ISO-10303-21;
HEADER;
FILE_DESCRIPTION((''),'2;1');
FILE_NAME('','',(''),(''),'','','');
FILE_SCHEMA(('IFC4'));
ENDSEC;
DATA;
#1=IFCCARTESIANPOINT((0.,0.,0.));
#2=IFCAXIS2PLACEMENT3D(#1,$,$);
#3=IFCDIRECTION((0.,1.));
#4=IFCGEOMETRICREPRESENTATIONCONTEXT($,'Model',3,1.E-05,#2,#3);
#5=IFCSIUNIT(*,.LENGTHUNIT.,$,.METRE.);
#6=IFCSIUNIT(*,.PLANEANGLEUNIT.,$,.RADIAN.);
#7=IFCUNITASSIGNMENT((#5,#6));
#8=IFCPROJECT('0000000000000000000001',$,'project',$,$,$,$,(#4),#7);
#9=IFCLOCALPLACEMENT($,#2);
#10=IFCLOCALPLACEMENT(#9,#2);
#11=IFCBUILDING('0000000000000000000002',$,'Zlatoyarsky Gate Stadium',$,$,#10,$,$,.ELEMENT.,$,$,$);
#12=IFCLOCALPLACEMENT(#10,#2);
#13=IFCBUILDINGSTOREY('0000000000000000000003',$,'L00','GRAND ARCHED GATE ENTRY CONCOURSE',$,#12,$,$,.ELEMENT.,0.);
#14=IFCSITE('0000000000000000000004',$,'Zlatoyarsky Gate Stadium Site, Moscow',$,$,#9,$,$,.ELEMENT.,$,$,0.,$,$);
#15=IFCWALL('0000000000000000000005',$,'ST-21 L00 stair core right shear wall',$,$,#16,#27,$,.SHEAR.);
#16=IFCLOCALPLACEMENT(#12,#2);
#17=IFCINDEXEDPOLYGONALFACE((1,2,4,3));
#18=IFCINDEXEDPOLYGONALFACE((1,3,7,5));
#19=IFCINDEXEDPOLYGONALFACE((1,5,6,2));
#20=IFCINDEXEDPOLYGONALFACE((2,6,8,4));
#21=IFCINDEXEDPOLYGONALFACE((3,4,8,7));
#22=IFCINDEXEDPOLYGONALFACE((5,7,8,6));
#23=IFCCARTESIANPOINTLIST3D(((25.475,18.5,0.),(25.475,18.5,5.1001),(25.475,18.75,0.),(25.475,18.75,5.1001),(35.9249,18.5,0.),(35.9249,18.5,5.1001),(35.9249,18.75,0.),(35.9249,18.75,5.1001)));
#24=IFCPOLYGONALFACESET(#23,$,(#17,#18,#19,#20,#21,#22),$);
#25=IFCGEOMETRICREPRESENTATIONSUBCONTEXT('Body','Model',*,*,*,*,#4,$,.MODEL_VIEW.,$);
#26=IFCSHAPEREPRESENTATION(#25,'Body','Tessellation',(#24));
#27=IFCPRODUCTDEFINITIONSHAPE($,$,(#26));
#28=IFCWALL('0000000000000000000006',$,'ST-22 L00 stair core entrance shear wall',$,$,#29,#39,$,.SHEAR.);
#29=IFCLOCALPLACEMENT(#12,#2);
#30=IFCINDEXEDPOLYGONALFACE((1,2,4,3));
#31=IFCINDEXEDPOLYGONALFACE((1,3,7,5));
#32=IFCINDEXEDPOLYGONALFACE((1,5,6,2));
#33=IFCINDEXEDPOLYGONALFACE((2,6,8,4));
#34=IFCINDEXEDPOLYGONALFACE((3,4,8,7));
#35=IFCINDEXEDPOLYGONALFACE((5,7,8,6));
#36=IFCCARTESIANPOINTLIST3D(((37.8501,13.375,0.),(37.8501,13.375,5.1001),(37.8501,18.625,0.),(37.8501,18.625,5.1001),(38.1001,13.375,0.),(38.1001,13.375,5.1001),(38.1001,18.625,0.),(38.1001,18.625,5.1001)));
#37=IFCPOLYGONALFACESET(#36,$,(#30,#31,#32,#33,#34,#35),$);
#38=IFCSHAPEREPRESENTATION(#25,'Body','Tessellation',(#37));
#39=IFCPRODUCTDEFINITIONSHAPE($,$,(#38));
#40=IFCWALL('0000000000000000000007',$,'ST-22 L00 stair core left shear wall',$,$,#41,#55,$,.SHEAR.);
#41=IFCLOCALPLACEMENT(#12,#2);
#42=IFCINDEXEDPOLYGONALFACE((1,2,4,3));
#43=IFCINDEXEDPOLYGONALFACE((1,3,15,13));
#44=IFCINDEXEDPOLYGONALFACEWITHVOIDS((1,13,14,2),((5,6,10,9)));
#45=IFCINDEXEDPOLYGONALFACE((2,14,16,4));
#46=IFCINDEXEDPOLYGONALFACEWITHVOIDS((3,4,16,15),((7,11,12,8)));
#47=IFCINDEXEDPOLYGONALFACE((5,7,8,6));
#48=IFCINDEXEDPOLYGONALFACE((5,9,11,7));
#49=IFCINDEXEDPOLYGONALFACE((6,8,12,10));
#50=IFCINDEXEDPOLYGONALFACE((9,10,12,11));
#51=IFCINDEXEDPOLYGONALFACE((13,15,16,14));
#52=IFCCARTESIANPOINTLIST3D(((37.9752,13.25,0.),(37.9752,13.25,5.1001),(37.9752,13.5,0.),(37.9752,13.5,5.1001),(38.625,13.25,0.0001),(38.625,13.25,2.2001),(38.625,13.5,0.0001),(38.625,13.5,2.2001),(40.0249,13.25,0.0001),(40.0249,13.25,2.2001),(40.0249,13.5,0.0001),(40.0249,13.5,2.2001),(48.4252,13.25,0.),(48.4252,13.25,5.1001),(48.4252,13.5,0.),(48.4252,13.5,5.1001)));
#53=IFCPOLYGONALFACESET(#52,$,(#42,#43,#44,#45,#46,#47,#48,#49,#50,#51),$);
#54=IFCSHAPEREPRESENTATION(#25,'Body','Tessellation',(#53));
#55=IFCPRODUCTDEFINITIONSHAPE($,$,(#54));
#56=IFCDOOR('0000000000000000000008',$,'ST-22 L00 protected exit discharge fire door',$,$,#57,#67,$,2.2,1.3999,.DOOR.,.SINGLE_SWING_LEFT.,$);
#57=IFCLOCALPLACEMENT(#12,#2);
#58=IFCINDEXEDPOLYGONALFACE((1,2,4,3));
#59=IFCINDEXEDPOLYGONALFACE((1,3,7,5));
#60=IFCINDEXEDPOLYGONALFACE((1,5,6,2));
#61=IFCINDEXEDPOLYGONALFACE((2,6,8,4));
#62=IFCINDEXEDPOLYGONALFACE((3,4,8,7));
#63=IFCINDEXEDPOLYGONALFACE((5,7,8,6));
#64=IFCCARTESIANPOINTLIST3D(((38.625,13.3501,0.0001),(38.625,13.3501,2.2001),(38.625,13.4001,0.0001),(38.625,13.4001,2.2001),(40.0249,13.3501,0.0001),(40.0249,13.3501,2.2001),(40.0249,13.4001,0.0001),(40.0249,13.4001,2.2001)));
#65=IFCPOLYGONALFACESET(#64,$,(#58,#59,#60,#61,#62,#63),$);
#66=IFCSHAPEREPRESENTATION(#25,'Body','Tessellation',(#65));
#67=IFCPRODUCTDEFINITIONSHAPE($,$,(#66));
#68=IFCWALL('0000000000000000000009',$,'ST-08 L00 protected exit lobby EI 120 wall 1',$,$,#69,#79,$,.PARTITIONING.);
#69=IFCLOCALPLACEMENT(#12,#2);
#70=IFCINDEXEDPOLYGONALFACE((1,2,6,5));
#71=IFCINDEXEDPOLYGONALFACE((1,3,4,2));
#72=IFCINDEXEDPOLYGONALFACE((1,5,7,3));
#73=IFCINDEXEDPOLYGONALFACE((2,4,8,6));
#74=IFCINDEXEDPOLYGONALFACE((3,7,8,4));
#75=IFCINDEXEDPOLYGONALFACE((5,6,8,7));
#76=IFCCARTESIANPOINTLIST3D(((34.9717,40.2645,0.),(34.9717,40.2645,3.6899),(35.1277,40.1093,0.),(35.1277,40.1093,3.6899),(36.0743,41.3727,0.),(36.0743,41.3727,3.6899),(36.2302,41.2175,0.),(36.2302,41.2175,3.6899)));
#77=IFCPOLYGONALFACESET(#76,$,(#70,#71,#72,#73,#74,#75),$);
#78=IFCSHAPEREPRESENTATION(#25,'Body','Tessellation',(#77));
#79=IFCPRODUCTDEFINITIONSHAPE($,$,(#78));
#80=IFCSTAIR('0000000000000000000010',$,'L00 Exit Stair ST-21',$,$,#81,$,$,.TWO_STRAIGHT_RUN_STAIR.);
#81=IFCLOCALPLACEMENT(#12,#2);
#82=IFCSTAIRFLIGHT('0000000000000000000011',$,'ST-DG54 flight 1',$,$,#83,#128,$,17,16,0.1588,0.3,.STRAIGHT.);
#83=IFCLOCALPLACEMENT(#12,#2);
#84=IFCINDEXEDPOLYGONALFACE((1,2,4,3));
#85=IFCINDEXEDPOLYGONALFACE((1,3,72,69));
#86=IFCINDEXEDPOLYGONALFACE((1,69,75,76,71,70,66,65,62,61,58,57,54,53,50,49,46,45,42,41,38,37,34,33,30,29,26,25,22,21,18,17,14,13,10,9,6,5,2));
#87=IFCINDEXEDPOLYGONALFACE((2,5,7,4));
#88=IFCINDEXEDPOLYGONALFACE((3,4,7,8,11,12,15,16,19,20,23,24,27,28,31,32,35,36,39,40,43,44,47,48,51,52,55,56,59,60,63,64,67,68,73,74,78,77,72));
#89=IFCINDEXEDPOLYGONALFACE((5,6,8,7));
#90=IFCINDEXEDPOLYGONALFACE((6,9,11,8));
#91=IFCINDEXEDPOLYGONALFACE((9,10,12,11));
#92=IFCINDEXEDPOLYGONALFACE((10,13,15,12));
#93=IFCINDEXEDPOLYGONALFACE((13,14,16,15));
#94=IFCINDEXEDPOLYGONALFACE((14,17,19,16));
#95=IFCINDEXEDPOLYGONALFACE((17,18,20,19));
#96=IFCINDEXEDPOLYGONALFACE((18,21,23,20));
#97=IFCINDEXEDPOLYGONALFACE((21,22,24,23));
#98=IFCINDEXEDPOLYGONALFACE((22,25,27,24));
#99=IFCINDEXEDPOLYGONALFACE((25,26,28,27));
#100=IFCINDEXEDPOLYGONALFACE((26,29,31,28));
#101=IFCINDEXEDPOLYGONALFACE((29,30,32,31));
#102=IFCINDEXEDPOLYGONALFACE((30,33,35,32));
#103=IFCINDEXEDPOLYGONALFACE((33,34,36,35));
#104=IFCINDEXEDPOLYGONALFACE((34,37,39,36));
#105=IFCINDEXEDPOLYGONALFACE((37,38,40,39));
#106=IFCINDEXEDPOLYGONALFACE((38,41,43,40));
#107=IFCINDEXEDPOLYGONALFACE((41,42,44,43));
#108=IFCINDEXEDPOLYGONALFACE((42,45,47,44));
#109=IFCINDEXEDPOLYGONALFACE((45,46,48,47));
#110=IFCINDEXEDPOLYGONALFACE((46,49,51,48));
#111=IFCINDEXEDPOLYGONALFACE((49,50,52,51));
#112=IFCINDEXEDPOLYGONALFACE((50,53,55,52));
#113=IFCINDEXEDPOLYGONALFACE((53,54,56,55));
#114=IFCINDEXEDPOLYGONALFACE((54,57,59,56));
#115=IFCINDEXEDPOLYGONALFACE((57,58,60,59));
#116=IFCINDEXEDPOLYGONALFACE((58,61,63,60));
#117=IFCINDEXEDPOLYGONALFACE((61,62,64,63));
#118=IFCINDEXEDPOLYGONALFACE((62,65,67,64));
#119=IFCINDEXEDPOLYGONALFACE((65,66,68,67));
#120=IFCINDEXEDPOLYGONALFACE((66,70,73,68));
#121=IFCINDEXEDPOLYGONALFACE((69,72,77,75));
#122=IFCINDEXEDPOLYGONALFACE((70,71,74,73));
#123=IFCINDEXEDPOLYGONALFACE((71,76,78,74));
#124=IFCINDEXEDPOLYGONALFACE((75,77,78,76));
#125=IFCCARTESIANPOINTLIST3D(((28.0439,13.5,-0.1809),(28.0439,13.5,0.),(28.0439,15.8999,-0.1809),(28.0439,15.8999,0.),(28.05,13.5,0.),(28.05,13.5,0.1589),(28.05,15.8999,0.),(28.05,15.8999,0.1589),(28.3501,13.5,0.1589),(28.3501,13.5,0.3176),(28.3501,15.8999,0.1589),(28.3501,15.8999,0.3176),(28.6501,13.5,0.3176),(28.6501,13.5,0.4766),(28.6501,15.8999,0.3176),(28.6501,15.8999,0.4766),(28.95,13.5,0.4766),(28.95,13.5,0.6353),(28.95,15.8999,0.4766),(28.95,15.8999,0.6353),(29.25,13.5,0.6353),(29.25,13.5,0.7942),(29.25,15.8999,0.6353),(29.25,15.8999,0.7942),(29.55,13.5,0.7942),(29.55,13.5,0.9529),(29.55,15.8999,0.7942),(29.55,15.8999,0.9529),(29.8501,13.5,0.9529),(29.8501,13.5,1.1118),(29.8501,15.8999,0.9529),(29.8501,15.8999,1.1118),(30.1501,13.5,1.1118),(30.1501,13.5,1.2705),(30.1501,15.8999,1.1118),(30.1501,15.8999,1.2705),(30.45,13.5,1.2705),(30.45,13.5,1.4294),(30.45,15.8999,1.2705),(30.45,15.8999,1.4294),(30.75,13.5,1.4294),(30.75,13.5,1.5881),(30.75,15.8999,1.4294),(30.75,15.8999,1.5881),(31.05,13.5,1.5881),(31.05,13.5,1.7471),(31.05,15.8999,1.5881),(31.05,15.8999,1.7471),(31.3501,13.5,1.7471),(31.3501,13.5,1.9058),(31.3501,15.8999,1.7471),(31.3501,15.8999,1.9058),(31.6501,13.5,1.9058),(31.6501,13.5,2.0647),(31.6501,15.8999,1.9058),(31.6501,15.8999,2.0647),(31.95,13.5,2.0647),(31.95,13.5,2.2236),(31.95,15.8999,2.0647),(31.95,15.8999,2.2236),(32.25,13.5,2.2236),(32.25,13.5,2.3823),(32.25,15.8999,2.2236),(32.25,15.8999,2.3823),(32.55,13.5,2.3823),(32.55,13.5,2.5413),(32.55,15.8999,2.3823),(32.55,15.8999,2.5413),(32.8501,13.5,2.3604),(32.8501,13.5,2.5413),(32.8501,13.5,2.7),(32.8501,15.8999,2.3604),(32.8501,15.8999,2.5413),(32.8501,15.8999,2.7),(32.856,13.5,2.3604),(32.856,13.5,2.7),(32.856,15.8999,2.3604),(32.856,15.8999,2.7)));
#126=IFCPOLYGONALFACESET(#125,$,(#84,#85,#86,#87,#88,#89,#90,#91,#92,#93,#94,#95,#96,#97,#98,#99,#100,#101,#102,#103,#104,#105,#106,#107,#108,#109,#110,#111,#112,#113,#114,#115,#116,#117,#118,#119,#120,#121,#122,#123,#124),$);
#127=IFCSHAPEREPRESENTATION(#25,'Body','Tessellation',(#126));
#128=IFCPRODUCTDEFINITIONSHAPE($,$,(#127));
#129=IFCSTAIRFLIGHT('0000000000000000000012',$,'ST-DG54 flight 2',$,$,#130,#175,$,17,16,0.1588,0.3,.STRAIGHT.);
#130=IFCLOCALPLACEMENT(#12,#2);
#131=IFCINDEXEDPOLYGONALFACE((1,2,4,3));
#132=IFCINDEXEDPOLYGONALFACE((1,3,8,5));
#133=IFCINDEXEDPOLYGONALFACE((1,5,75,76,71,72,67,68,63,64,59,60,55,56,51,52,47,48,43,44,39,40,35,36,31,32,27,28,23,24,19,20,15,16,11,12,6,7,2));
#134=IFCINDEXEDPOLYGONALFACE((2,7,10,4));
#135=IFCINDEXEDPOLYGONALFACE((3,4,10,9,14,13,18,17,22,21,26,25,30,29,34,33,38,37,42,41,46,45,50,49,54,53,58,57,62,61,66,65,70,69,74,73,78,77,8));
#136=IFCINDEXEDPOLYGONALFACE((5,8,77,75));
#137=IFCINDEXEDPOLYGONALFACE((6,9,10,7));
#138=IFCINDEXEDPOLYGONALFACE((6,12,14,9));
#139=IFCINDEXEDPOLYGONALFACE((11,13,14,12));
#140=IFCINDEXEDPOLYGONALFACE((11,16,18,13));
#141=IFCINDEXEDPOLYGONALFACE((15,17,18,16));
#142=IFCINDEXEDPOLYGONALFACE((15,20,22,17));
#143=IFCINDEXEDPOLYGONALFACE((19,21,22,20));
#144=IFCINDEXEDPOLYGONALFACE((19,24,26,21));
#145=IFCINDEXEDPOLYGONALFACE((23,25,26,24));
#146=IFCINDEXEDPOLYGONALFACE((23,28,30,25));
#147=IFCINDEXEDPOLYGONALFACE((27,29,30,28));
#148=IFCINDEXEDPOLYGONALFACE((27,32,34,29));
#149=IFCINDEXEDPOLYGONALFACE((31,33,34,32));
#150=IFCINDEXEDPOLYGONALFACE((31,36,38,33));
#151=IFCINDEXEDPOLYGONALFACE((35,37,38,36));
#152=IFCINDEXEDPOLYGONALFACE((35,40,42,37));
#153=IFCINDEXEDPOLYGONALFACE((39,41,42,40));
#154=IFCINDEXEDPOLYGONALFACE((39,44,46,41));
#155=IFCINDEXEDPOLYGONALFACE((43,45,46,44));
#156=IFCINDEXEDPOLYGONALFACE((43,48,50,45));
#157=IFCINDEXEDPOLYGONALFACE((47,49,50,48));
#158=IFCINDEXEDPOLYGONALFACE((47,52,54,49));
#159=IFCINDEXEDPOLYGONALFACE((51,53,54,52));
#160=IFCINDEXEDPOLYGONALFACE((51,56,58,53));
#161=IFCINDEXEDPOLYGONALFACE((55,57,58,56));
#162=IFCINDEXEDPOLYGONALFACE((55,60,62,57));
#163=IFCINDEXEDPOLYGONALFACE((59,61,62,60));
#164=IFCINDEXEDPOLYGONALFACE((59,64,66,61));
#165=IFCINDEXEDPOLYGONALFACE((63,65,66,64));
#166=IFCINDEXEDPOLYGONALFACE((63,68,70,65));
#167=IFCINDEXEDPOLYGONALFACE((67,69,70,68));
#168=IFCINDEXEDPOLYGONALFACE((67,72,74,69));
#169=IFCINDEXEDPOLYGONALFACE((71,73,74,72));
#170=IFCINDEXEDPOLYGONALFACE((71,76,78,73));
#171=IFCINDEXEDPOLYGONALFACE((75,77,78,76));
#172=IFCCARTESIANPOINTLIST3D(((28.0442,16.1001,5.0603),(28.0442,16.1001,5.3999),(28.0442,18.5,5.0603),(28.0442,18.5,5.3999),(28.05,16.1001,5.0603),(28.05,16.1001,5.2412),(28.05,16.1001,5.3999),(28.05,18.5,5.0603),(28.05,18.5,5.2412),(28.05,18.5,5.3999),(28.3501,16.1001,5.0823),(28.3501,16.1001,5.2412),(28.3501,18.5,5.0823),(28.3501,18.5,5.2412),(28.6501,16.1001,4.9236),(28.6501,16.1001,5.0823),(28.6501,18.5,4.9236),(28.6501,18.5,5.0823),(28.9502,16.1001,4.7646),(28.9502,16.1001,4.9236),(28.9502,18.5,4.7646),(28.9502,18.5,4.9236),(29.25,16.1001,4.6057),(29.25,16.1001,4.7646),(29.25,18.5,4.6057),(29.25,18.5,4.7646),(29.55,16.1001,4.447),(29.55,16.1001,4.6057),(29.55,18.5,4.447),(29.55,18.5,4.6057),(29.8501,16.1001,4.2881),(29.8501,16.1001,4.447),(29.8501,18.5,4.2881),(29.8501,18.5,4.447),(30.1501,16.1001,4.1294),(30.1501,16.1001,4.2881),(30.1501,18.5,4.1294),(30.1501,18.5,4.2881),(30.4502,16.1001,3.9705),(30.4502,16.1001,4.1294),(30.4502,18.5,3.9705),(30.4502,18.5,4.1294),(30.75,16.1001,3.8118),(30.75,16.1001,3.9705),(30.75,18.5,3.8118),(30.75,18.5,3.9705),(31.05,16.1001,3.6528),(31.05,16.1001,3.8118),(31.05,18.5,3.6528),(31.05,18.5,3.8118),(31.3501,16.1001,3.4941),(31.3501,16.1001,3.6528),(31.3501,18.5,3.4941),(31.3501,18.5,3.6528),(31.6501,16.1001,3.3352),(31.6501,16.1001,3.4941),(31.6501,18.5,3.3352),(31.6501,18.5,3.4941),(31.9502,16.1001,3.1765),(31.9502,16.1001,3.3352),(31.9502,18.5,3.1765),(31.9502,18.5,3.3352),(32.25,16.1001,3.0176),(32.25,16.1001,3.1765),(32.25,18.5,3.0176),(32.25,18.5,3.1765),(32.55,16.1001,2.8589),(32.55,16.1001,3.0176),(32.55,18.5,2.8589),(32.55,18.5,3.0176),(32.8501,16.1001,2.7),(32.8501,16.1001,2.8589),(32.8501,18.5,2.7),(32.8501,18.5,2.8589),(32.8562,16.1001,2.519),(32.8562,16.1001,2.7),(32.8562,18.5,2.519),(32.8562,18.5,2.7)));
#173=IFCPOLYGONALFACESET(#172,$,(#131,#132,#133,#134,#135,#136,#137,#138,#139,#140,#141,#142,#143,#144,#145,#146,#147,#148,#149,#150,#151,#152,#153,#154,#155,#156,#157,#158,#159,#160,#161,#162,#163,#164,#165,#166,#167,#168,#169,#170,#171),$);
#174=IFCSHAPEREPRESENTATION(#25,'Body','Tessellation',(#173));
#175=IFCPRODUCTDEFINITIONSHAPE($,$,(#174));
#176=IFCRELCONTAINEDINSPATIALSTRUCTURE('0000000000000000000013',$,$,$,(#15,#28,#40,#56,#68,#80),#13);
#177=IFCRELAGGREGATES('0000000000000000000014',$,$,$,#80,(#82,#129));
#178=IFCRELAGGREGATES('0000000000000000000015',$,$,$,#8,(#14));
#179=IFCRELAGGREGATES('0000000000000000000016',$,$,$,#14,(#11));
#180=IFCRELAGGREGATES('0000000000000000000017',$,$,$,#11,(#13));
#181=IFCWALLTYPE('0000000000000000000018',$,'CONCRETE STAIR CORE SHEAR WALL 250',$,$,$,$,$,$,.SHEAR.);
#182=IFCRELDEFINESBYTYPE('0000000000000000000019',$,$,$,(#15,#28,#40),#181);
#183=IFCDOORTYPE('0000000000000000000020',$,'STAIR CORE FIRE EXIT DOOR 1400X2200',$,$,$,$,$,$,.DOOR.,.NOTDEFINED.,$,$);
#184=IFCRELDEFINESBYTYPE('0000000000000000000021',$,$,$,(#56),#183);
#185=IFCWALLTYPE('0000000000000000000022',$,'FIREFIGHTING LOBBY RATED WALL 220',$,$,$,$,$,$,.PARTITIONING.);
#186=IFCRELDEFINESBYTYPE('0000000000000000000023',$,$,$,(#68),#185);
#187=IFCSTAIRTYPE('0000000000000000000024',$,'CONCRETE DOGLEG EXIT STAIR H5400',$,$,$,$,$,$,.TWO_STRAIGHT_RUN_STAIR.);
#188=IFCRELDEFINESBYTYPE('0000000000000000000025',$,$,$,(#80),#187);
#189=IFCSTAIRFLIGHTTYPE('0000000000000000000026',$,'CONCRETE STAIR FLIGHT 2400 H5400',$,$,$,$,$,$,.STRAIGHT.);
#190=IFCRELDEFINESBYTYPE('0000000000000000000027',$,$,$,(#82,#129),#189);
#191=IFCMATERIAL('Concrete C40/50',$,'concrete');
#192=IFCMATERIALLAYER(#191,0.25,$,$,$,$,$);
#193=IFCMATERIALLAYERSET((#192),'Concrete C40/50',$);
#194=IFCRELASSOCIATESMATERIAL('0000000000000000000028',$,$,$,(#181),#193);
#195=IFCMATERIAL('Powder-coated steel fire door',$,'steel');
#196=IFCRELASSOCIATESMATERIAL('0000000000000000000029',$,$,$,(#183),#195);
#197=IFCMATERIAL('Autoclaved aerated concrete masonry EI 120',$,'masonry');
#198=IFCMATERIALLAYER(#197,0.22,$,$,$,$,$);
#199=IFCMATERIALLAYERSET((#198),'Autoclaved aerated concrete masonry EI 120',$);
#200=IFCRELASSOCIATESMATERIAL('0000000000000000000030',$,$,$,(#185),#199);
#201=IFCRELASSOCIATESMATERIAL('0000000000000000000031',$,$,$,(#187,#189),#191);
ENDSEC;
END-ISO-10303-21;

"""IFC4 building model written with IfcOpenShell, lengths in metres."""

from ifc_helpers import new_model, si_unit, direction, frame, frame_2d, origin, place, context, subcontext, project, spatial, polyline, rectangle, outline, extrude, material, layer, layer_set, type_object, element, fill, aggregate, save


model = new_model("IFC4")

# Units and contexts
model_context = context("Model", 3, precision=1e-05, world=origin(), true_north=direction((0.0, 1.0)))
body_context = subcontext(model_context, "Body", "Model", "MODEL_VIEW")
ifc_project = project(units=[si_unit("LENGTHUNIT", "METRE"), si_unit("PLANEANGLEUNIT", "RADIAN")], contexts=[model_context])

# Site, building, storey
site_placement = place(None, origin())
site = spatial("IfcSite", under=ifc_project, at=site_placement, Name="Zlatoyarsky Gate Stadium Site, Moscow", CompositionType="ELEMENT", RefElevation=0.0)
building_placement = place(site_placement, origin())
building = spatial("IfcBuilding", under=site, at=building_placement, Name="Zlatoyarsky Gate Stadium", CompositionType="ELEMENT")
storey_placement = place(building_placement, origin())
storey = spatial("IfcBuildingStorey", under=building, at=storey_placement, Name="L00", Description="GRAND ARCHED GATE ENTRY CONCOURSE", CompositionType="ELEMENT", Elevation=0.0)

# Shared definitions
ifc_material_1 = material(Name="Concrete C40/50", Category="concrete")

# Shared definitions
ifc_layer_1 = layer(ifc_material_1, 0.25)
ifc_layer_set_1 = layer_set([ifc_layer_1], Name="Concrete C40/50")
wall_type_1 = type_object("IfcWallType", Name="CONCRETE STAIR CORE SHEAR WALL 250", PredefinedType="SHEAR", material=ifc_layer_set_1)
ifc_material_2 = material(Name="Powder-coated steel fire door", Category="steel")
door_type = type_object("IfcDoorType", Name="STAIR CORE FIRE EXIT DOOR 1400X2200", OperationType="NOTDEFINED", PredefinedType="DOOR", material=ifc_material_2)

# Walls
wall_1_placement = place(storey_placement, frame((35.925, 18.625, 0.0), z_axis=(0.0, 0.0, 1.0), x_axis=(-1.0, 0.0, 0.0)))
element("IfcWall", 1, at=wall_1_placement, inside=storey, type_object=wall_type_1, Name="ST-21 L00 stair core right shear wall", PredefinedType="SHEAR", context=body_context, shape_type="SweptSolid", body=[
    extrude(rectangle(XDim=10.45, YDim=0.25, at=frame_2d((5.2251, 0.0))), origin(), (0.0, 0.0, 1.0), 5.1001),
])
wall_2_placement = place(storey_placement, frame((37.9751, 18.625, 0.0), z_axis=(0.0, 0.0, 1.0), x_axis=(0.0, -1.0, 0.0)))
element("IfcWall", 2, at=wall_2_placement, inside=storey, type_object=wall_type_1, Name="ST-22 L00 stair core entrance shear wall", PredefinedType="SHEAR", context=body_context, shape_type="SweptSolid", body=[
    extrude(rectangle(XDim=5.25, YDim=0.25, at=frame_2d((2.625, 0.0))), origin(), (0.0, 0.0, 1.0), 5.1001),
])

# Wall, opening, door
wall_3_placement = place(storey_placement, frame((37.9751, 13.375, 0.0), z_axis=(0.0, 0.0, 1.0), x_axis=(1.0, 0.0, 0.0)))
wall_3 = element("IfcWall", 3, at=wall_3_placement, inside=storey, type_object=wall_type_1, Name="ST-22 L00 stair core left shear wall", PredefinedType="SHEAR", context=body_context, shape_type="SweptSolid", body=[
    extrude(rectangle(XDim=10.45, YDim=0.25, at=frame_2d((5.2251, 0.0))), origin(), (0.0, 0.0, 1.0), 5.1001),
])
opening_1_placement = place(wall_3_placement, frame((0.6499, 0.0, 0.0)))
opening_1 = element("IfcOpeningElement", 4, at=opening_1_placement, cuts=wall_3, PredefinedType="OPENING", context=body_context, shape_type="SweptSolid", body=[
    extrude(rectangle(XDim=1.3999, YDim=2.2, at=frame_2d((0.7, 1.1001))), frame((0.0, 0.135, 0.0), z_axis=(0.0, -1.0, 0.0), x_axis=(1.0, 0.0, 0.0)), (0.0, 0.0, 1.0), 0.27),
])
door_1_placement = place(opening_1_placement, frame((1.3999, 0.0, 0.0), z_axis=(0.0, 0.0, 1.0), x_axis=(-1.0, 0.0, 0.0)))
door_1 = element("IfcDoor", 5, at=door_1_placement, inside=storey, type_object=door_type, Name="ST-22 L00 protected exit discharge fire door", OperationType="SINGLE_SWING_LEFT", OverallHeight=2.2, OverallWidth=1.3999, PredefinedType="DOOR", context=body_context, shape_type="SweptSolid", body=[
    extrude(rectangle(XDim=1.3999, YDim=2.2, at=frame_2d((0.7, 1.1001))), frame((0.0, 0.0249, 0.0), z_axis=(0.0, -1.0, 0.0), x_axis=(1.0, 0.0, 0.0)), (0.0, 0.0, 1.0), 0.05),
])
fill(opening_1, door_1)

# Wall
ifc_material_3 = material(Name="Autoclaved aerated concrete masonry EI 120", Category="masonry")
ifc_layer_2 = layer(ifc_material_3, 0.22)
ifc_layer_set_2 = layer_set([ifc_layer_2], Name="Autoclaved aerated concrete masonry EI 120")
wall_type_2 = type_object("IfcWallType", Name="FIREFIGHTING LOBBY RATED WALL 220", PredefinedType="PARTITIONING", material=ifc_layer_set_2)
wall_4_placement = place(storey_placement, frame((36.1523, 41.2952, 0.0), z_axis=(0.0, 0.0, 1.0), x_axis=(-0.705308, -0.708901, 0.0)))
element("IfcWall", 6, at=wall_4_placement, inside=storey, type_object=wall_type_2, Name="ST-08 L00 protected exit lobby EI 120 wall 1", PredefinedType="PARTITIONING", context=body_context, shape_type="SweptSolid", body=[
    extrude(rectangle(XDim=1.5632, YDim=0.22, at=frame_2d((0.7817, 0.0))), origin(), (0.0, 0.0, 1.0), 3.6899),
])

# Stair, stair flights
stair_type = type_object("IfcStairType", Name="CONCRETE DOGLEG EXIT STAIR H5400", PredefinedType="TWO_STRAIGHT_RUN_STAIR", material=ifc_material_1)
stair_placement = place(storey_placement, origin())
stair = element("IfcStair", 7, at=stair_placement, inside=storey, type_object=stair_type, Name="L00 Exit Stair ST-21", PredefinedType="TWO_STRAIGHT_RUN_STAIR")
stair_flight_type = type_object("IfcStairFlightType", Name="CONCRETE STAIR FLIGHT 2400 H5400", PredefinedType="STRAIGHT", material=ifc_material_1)
stair_flight_1_placement = place(storey_placement, frame((28.05, 14.7, 0.0), z_axis=(0.0, 0.0, 1.0), x_axis=(1.0, 0.0, 0.0)))
stair_flight_1 = element("IfcStairFlight", 8, at=stair_flight_1_placement, type_object=stair_flight_type, Name="ST-DG54 flight 1", NumberOfRisers=17, NumberOfTreads=16, PredefinedType="STRAIGHT", RiserHeight=0.1588, TreadLength=0.3, context=body_context, shape_type="SweptSolid", body=[
    extrude(outline(polyline([(-0.0061, -0.1809), (-0.0061, 0.0), (0.0, 0.0), (0.0, 0.1589), (0.3, 0.1589), (0.3, 0.3176), (0.6001, 0.3176), (0.6001, 0.4766), (0.8999, 0.4766), (0.8999, 0.6353), (1.2, 0.6353), (1.2, 0.7942), (1.5, 0.7942), (1.5, 0.9529), (1.8, 0.9529), (1.8, 1.1118), (2.1001, 1.1118), (2.1001, 1.2705), (2.3999, 1.2705), (2.3999, 1.4294), (2.7, 1.4294), (2.7, 1.5881), (3.0, 1.5881), (3.0, 1.7471), (3.3, 1.7471), (3.3, 1.9058), (3.6001, 1.9058), (3.6001, 2.0647), (3.8999, 2.0647), (3.8999, 2.2236), (4.2, 2.2236), (4.2, 2.3823), (4.5, 2.3823), (4.5, 2.5413), (4.8, 2.5413), (4.8, 2.7), (4.8059, 2.7), (4.8059, 2.3604), (4.8, 2.3604), (-0.0061, -0.1809)])), frame((0.0, 1.2, 0.0), z_axis=(0.0, -1.0, 0.0), x_axis=(1.0, 0.0, 0.0)), (0.0, 0.0, 1.0), 2.3999),
])
stair_flight_2_placement = place(storey_placement, frame((32.8501, 17.3, 2.7), z_axis=(0.0, 0.0, 1.0), x_axis=(-1.0, 0.0, 0.0)))
stair_flight_2 = element("IfcStairFlight", 9, at=stair_flight_2_placement, type_object=stair_flight_type, Name="ST-DG54 flight 2", NumberOfRisers=17, NumberOfTreads=16, PredefinedType="STRAIGHT", RiserHeight=0.1588, TreadLength=0.3, context=body_context, shape_type="SweptSolid", body=[
    extrude(outline(polyline([(-0.0061, -0.1809), (-0.0061, 0.0), (0.0, 0.0), (0.0, 0.1589), (0.3, 0.1589), (0.3, 0.3176), (0.6001, 0.3176), (0.6001, 0.4766), (0.8999, 0.4766), (0.8999, 0.6353), (1.2, 0.6353), (1.2, 0.7942), (1.5, 0.7942), (1.5, 0.9529), (1.8, 0.9529), (1.8, 1.1118), (2.1001, 1.1118), (2.1001, 1.2705), (2.3999, 1.2705), (2.3999, 1.4294), (2.7, 1.4294), (2.7, 1.5881), (3.0, 1.5881), (3.0, 1.7471), (3.3, 1.7471), (3.3, 1.9058), (3.6001, 1.9058), (3.6001, 2.0647), (3.8999, 2.0647), (3.8999, 2.2236), (4.2, 2.2236), (4.2, 2.3823), (4.5, 2.3823), (4.5, 2.5413), (4.8, 2.5413), (4.8, 2.7), (4.8059, 2.7), (4.8059, 2.3604), (4.8, 2.3604), (-0.0061, -0.1809)])), frame((0.0, 1.2, 0.0), z_axis=(0.0, -1.0, 0.0), x_axis=(1.0, 0.0, 0.0)), (0.0, 0.0, 1.0), 2.3999),
])
aggregate(stair, [stair_flight_1, stair_flight_2])

save(model, "model.ifc")
